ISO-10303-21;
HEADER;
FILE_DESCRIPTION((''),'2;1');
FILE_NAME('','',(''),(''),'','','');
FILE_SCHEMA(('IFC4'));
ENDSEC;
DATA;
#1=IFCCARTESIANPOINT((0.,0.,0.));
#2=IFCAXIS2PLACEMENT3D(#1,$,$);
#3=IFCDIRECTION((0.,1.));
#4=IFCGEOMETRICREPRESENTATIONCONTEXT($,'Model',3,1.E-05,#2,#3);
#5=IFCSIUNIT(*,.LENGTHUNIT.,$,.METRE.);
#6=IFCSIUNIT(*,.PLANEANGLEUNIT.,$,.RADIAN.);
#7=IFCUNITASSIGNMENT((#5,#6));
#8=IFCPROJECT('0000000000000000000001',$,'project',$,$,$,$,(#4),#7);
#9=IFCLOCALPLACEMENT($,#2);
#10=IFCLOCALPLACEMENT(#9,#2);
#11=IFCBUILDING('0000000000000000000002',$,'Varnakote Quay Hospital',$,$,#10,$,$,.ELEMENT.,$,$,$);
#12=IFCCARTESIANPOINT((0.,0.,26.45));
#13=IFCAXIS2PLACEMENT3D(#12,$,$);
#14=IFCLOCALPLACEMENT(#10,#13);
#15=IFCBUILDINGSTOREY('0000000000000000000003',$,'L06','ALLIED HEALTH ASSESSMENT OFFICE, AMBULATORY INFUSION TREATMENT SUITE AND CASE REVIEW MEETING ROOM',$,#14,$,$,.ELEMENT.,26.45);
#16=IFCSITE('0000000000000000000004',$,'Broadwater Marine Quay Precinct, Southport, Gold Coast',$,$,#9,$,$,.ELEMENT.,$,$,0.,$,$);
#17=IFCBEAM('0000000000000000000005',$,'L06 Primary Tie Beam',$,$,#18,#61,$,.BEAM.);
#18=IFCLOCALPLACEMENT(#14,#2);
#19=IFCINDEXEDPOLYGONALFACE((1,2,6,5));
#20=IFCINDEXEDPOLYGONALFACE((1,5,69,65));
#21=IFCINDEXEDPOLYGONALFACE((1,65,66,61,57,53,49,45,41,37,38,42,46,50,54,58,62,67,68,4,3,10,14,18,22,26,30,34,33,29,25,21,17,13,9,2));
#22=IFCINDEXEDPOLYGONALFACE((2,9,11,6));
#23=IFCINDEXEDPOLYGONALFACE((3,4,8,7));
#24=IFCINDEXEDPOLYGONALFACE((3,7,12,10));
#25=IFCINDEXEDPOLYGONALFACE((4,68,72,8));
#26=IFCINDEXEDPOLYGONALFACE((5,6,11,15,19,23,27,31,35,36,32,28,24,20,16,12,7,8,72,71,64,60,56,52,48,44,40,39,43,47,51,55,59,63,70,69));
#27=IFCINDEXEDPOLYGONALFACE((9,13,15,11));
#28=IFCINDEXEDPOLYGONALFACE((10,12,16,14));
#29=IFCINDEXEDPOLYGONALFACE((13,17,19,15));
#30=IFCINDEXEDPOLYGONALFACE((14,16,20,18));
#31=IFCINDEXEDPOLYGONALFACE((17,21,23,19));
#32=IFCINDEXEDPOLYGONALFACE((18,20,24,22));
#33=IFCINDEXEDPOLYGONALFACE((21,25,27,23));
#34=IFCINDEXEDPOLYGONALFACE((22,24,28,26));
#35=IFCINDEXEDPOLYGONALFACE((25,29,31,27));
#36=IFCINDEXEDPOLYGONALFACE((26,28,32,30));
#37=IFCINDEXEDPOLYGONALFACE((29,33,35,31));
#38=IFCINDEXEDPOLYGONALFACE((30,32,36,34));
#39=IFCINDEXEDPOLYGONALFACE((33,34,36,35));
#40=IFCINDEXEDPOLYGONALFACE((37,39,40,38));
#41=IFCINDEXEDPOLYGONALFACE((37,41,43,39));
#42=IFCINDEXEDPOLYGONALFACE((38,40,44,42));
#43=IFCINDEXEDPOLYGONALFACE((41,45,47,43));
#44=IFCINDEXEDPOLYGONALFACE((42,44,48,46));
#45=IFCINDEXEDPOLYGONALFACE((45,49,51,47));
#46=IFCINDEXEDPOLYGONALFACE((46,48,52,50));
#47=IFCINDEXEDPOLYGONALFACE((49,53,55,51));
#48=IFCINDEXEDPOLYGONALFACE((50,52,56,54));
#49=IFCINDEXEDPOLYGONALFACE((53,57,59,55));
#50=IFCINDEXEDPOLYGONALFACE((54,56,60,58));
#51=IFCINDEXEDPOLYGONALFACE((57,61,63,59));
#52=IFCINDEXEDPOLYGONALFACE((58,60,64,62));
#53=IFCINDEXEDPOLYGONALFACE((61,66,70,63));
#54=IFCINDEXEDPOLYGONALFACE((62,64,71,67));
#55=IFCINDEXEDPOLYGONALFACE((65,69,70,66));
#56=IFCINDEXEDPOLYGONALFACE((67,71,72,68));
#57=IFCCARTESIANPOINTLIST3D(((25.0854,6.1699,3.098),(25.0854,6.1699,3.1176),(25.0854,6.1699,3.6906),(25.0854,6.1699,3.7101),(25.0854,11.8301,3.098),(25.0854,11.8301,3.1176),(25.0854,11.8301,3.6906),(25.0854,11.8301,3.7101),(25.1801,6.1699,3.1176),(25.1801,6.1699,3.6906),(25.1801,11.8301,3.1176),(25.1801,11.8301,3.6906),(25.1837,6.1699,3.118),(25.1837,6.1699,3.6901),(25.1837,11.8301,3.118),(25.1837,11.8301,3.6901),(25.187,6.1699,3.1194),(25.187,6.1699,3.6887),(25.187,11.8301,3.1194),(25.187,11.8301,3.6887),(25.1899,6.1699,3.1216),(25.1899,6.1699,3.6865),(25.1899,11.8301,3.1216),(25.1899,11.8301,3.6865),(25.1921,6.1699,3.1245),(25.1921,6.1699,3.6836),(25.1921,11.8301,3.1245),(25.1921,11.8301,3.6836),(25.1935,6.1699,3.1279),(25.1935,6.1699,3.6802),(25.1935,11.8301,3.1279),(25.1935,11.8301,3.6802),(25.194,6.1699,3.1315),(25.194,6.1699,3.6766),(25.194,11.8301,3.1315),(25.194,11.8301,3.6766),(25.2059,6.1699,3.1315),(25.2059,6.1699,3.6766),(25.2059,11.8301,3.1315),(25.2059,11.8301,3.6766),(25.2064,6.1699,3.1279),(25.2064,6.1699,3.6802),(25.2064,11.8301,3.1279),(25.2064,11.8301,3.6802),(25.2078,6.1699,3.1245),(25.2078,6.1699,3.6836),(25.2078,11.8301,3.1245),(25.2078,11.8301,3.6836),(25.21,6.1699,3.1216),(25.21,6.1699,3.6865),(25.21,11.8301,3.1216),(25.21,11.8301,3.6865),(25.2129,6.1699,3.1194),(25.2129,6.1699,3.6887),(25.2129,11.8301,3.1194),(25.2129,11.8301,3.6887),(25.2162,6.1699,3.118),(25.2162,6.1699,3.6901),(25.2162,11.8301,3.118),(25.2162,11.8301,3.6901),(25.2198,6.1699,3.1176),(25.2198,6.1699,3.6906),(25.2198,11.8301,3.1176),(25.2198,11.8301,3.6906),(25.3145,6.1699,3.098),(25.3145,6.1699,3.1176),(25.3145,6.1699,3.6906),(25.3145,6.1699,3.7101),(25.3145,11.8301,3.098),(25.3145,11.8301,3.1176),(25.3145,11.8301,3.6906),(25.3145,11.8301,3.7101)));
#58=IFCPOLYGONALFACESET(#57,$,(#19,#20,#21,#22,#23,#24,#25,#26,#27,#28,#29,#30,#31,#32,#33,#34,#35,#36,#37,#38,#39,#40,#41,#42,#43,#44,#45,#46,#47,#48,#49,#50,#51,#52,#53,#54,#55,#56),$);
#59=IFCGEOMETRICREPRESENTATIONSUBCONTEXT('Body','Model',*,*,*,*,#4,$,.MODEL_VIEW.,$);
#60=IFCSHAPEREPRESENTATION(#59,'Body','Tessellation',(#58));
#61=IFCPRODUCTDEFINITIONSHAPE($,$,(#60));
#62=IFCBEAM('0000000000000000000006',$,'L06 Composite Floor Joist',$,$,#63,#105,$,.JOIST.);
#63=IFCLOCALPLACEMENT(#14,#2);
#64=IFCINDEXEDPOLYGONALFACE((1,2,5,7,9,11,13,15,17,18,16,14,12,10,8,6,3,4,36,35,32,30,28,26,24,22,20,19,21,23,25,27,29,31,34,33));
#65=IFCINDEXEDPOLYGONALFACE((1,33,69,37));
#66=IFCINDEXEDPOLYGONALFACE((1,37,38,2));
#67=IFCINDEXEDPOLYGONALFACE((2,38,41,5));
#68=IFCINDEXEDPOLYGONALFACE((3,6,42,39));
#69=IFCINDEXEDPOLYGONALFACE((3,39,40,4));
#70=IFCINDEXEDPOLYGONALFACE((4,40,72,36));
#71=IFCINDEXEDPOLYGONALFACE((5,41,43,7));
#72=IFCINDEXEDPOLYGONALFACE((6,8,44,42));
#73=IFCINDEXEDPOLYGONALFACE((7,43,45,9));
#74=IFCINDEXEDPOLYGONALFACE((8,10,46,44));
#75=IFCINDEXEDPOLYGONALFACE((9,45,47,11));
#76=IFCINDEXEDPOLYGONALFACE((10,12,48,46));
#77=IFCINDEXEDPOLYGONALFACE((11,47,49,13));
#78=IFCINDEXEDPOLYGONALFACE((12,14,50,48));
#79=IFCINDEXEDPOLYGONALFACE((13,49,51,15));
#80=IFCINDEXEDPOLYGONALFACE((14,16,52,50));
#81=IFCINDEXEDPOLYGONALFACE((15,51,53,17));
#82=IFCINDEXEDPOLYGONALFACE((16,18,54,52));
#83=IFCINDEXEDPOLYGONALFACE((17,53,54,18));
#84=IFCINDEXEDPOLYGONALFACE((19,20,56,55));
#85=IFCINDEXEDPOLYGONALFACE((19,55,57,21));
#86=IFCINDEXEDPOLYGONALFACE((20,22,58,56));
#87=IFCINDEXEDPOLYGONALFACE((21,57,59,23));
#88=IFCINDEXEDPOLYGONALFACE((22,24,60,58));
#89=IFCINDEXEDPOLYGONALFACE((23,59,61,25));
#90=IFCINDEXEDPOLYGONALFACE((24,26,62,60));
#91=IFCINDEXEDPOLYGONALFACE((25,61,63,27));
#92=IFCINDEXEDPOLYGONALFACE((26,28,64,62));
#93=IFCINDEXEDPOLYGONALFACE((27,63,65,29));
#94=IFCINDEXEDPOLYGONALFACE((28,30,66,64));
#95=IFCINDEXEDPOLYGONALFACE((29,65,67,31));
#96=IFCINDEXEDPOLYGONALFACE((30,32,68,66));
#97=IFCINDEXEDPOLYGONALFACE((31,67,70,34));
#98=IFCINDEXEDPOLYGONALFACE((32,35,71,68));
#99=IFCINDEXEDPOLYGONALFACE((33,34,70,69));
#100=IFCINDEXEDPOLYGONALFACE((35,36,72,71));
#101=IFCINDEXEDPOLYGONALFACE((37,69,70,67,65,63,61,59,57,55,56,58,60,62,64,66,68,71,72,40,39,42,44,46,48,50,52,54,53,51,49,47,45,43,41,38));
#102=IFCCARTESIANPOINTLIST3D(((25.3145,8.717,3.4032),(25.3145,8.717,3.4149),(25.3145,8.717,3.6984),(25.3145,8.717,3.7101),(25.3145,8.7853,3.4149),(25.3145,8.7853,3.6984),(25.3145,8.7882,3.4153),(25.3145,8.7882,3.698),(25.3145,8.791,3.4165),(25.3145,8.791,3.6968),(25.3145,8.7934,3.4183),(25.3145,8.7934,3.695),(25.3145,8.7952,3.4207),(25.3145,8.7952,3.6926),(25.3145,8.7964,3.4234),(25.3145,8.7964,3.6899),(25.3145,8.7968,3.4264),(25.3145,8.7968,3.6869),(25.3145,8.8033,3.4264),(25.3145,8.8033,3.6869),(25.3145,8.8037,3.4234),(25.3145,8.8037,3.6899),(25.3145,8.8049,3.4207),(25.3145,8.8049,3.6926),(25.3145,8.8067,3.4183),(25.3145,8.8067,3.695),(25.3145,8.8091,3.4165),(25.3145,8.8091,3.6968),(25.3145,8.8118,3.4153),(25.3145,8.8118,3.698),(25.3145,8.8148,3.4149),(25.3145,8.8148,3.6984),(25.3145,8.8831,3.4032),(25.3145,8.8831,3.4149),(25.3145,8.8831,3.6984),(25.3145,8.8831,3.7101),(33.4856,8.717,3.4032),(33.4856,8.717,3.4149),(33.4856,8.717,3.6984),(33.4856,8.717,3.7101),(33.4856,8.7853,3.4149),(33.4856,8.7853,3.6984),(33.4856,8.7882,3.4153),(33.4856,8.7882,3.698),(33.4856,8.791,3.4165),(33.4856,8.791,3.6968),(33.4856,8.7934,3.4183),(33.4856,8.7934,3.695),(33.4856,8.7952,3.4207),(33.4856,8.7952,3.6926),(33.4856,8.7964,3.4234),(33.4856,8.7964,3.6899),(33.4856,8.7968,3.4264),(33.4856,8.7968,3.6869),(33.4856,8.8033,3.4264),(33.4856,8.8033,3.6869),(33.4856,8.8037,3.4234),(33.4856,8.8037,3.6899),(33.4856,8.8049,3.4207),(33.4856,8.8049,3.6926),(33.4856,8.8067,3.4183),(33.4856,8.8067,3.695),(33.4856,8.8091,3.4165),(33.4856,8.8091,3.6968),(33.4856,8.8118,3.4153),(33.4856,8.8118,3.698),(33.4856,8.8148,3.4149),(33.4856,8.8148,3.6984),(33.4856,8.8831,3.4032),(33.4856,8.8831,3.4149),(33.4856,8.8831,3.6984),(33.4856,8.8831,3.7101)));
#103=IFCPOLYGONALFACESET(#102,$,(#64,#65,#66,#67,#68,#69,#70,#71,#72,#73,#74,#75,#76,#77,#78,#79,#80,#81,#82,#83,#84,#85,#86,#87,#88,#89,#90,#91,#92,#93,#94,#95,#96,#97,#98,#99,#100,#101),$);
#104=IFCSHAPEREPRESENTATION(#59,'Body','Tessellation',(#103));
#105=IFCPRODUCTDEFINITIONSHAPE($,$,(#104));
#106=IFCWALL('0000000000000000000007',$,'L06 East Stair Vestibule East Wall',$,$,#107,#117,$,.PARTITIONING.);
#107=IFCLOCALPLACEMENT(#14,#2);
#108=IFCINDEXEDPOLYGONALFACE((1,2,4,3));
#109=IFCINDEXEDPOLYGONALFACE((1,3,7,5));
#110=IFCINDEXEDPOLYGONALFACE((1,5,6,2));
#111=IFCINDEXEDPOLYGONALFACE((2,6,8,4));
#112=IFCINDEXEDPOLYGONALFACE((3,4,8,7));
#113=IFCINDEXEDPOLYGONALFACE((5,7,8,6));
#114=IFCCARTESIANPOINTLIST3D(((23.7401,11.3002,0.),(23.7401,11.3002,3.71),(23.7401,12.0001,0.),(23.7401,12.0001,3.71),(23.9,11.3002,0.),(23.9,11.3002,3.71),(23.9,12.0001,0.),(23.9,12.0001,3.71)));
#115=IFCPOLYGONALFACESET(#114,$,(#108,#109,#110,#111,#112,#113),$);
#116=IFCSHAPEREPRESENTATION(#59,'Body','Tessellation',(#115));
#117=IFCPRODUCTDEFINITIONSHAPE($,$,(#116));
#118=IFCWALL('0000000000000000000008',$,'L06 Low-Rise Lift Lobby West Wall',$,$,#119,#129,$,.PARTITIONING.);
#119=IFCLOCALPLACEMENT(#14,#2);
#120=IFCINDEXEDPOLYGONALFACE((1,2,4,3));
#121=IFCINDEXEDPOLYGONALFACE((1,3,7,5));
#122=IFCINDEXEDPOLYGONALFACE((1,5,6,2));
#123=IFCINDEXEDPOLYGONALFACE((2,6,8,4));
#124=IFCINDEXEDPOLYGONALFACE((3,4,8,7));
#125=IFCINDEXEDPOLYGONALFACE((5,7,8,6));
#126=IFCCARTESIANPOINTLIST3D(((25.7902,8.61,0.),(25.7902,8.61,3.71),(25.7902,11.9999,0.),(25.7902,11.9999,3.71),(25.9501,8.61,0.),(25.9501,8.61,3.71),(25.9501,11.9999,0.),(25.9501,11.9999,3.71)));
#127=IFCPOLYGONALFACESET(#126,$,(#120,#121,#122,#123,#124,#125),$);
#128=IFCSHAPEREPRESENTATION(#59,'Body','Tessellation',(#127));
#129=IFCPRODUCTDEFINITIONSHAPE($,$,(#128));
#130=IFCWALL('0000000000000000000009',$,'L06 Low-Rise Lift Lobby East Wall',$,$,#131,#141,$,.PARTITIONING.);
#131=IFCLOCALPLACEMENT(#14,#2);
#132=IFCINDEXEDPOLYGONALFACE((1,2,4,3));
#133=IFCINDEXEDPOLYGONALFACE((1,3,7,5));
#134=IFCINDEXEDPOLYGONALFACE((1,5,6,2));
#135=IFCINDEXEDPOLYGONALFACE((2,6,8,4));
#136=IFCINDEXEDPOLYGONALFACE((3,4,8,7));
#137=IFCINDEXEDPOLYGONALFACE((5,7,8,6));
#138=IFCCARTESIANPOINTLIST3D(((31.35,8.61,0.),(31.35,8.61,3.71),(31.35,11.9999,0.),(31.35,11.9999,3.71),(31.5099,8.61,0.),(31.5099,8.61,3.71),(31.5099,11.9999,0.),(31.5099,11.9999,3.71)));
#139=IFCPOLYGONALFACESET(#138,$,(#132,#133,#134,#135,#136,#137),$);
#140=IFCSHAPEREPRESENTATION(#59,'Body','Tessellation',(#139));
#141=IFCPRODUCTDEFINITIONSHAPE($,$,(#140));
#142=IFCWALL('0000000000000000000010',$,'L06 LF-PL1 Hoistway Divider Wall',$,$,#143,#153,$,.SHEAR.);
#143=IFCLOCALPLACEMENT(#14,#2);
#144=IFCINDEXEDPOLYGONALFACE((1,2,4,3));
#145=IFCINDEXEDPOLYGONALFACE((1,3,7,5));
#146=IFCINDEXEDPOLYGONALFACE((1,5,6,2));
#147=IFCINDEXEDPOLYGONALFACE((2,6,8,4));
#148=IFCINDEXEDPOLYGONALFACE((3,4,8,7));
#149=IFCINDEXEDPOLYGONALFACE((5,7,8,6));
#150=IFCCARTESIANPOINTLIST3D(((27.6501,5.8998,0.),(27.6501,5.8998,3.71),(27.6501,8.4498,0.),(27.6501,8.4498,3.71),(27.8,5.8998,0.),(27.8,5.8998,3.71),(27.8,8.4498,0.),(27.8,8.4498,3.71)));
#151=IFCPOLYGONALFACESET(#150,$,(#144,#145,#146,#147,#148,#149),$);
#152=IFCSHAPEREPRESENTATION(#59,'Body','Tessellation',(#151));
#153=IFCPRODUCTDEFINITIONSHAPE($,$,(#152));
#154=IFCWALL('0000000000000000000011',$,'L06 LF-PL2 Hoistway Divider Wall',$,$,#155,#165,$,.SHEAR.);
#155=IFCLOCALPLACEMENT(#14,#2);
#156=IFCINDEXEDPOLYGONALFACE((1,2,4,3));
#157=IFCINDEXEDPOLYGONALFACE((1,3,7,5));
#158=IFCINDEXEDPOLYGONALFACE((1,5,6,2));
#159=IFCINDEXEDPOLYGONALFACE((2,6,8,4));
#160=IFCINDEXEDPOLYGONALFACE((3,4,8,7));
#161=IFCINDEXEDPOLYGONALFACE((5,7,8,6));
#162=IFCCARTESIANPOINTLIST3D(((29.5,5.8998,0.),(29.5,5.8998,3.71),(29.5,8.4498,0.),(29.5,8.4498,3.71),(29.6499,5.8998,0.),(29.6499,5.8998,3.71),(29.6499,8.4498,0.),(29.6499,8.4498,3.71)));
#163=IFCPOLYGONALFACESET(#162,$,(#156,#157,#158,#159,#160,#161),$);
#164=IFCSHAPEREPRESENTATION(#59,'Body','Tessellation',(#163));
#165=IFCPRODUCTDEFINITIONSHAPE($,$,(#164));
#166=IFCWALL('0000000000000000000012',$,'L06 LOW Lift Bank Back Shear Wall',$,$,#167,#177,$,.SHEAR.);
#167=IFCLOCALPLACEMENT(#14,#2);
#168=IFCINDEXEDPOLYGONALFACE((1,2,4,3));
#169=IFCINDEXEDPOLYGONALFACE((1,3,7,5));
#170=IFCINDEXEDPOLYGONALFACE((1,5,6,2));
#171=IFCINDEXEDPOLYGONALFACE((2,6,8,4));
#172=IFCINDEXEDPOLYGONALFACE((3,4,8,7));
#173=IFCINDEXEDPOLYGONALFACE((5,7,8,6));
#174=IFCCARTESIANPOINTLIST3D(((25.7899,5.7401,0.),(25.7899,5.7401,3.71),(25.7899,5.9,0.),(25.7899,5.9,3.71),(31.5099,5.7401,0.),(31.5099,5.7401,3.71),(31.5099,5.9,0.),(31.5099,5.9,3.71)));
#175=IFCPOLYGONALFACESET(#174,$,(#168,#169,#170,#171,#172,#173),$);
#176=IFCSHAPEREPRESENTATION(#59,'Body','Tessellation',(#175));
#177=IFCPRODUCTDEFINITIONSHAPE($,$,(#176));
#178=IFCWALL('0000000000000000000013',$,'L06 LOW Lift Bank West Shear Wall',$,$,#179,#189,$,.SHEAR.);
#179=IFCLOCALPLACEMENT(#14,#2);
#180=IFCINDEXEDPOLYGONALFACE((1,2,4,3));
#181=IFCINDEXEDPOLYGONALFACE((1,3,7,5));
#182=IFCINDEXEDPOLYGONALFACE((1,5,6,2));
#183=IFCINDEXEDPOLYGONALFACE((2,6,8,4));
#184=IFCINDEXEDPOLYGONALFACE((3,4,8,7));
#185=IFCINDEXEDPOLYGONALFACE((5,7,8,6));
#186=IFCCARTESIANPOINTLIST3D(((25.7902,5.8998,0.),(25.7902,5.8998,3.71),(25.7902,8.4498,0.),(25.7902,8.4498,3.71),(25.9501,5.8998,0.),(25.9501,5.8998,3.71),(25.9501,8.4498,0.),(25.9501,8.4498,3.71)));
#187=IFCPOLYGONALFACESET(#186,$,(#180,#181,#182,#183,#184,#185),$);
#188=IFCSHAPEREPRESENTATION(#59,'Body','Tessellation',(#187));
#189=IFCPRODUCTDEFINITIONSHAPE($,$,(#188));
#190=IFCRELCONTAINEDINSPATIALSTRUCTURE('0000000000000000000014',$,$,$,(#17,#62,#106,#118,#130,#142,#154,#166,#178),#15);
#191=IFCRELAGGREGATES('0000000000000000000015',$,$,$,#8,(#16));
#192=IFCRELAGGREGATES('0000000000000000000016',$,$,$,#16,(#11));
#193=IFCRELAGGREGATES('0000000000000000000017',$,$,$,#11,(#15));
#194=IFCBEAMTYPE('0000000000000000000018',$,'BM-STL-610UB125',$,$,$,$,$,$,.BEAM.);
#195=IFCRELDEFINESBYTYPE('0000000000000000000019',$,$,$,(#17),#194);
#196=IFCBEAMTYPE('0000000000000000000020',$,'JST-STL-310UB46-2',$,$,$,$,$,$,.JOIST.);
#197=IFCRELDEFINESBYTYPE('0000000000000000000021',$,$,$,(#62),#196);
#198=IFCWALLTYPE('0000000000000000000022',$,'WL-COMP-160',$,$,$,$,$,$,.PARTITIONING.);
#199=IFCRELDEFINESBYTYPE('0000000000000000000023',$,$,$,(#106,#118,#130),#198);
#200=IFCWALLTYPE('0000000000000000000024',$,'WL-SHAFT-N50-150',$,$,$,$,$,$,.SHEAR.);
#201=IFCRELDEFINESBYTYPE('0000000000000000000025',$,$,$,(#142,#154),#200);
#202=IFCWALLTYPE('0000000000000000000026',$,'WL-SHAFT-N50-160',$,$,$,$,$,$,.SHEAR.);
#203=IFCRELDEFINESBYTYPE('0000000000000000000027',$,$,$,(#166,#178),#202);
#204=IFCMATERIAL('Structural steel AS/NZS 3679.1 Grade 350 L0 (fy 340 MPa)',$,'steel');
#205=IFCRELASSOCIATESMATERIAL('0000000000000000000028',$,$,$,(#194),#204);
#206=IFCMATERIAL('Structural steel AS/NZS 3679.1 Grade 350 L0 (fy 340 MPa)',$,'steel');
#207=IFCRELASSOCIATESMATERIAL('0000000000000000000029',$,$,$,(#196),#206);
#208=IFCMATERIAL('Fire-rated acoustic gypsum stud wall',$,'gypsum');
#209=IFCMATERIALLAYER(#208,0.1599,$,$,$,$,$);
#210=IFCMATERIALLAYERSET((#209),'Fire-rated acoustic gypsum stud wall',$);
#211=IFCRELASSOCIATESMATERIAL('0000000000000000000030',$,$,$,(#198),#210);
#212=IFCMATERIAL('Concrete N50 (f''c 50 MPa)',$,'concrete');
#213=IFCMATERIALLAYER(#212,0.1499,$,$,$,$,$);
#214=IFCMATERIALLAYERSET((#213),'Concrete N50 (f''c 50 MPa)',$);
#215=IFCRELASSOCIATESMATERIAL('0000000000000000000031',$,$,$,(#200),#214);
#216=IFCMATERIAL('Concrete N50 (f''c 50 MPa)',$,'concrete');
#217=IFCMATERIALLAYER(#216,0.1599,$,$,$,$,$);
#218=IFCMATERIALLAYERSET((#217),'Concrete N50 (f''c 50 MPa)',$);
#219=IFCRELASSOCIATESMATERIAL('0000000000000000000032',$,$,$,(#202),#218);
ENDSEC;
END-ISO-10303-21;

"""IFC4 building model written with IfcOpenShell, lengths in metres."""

from ifc_helpers import new_model, si_unit, direction, frame, frame_2d, origin, origin_2d, place, context, subcontext, project, spatial, rectangle, i_section, extrude, material, layer, layer_set, material_profile, profile_set, type_object, element, save


model = new_model("IFC4")

# Units and contexts
model_context = context("Model", 3, precision=1e-05, world=origin(), true_north=direction((0.0, 1.0)))
body_context = subcontext(model_context, "Body", "Model", "MODEL_VIEW")
ifc_project = project(units=[si_unit("LENGTHUNIT", "METRE"), si_unit("PLANEANGLEUNIT", "RADIAN")], contexts=[model_context])

# Site, building, storey
site_placement = place(None, origin())
site = spatial("IfcSite", under=ifc_project, at=site_placement, Name="Broadwater Marine Quay Precinct, Southport, Gold Coast", CompositionType="ELEMENT", RefElevation=0.0)
building_placement = place(site_placement, origin())
building = spatial("IfcBuilding", under=site, at=building_placement, Name="Varnakote Quay Hospital", CompositionType="ELEMENT")
storey_placement = place(building_placement, frame((0.0, 0.0, 26.45)))
storey = spatial("IfcBuildingStorey", under=building, at=storey_placement, Name="L06", Description="ALLIED HEALTH ASSESSMENT OFFICE, AMBULATORY INFUSION TREATMENT SUITE AND CASE REVIEW MEETING ROOM", CompositionType="ELEMENT", Elevation=26.45)

# Beams
ifc_material_1 = material(Name="Structural steel AS/NZS 3679.1 Grade 350 L0 (fy 340 MPa)", Category="steel")
ifc_material_profile_1 = material_profile(ifc_material_1, i_section(OverallWidth=0.229, OverallDepth=0.6121, WebThickness=0.012, FlangeThickness=0.0195, FilletRadius=0.0139, at=origin_2d()), Name="610UB125")
ifc_profile_set_1 = profile_set([ifc_material_profile_1], Name="Structural steel AS/NZS 3679.1 Grade 350 L0 (fy 340 MPa)")
beam_type_1 = type_object("IfcBeamType", Name="BM-STL-610UB125", PredefinedType="BEAM", material=ifc_profile_set_1)
beam_1_placement = place(storey_placement, frame((25.2, 6.1699, 3.4041), z_axis=(0.0, 1.0, 0.0), x_axis=(-1.0, 0.0, 0.0)))
element("IfcBeam", 1, at=beam_1_placement, inside=storey, type_object=beam_type_1, Name="L06 Primary Tie Beam", PredefinedType="BEAM", context=body_context, shape_type="SweptSolid", body=[
    extrude(i_section(OverallWidth=0.229, OverallDepth=0.6121, WebThickness=0.012, FlangeThickness=0.0195, FilletRadius=0.0139, at=origin_2d()), origin(), (0.0, 0.0, 1.0), 5.6602),
])
ifc_material_2 = material(Name="Structural steel AS/NZS 3679.1 Grade 350 L0 (fy 340 MPa)", Category="steel")
ifc_material_profile_2 = material_profile(ifc_material_2, i_section(OverallWidth=0.166, OverallDepth=0.3069, WebThickness=0.0066, FlangeThickness=0.0117, FilletRadius=0.0115, at=origin_2d()), Name="310UB46.2")
ifc_profile_set_2 = profile_set([ifc_material_profile_2], Name="Structural steel AS/NZS 3679.1 Grade 350 L0 (fy 340 MPa)")
beam_type_2 = type_object("IfcBeamType", Name="JST-STL-310UB46-2", PredefinedType="JOIST", material=ifc_profile_set_2)
beam_2_placement = place(storey_placement, frame((25.3145, 8.8, 3.5566), z_axis=(1.0, 0.0, 0.0), x_axis=(0.0, 1.0, 0.0)))
element("IfcBeam", 2, at=beam_2_placement, inside=storey, type_object=beam_type_2, Name="L06 Composite Floor Joist", PredefinedType="JOIST", context=body_context, shape_type="SweptSolid", body=[
    extrude(i_section(OverallWidth=0.166, OverallDepth=0.3069, WebThickness=0.0066, FlangeThickness=0.0117, FilletRadius=0.0115, at=origin_2d()), origin(), (0.0, 0.0, 1.0), 8.1711),
])

# Walls
ifc_material_3 = material(Name="Fire-rated acoustic gypsum stud wall", Category="gypsum")
ifc_layer_1 = layer(ifc_material_3, 0.1599)
ifc_layer_set_1 = layer_set([ifc_layer_1], Name="Fire-rated acoustic gypsum stud wall")
wall_type_1 = type_object("IfcWallType", Name="WL-COMP-160", PredefinedType="PARTITIONING", material=ifc_layer_set_1)
wall_1_placement = place(storey_placement, frame((23.8201, 11.3, 0.0), z_axis=(0.0, 0.0, 1.0), x_axis=(0.0, 1.0, 0.0)))
element("IfcWall", 3, at=wall_1_placement, inside=storey, type_object=wall_type_1, Name="L06 East Stair Vestibule East Wall", PredefinedType="PARTITIONING", context=body_context, shape_type="SweptSolid", body=[
    extrude(rectangle(XDim=0.7, YDim=0.1599, at=frame_2d((0.3501, 0.0))), origin(), (0.0, 0.0, 1.0), 3.71),
])
for number, where, z_axis, x_axis, name in (
    (4, (25.8701, 8.6101, 0.0), (0.0, 0.0, 1.0), (0.0, 1.0, 0.0), "L06 Low-Rise Lift Lobby West Wall"),
    (5, (31.4299, 8.6101, 0.0), (0.0, 0.0, 1.0), (0.0, 1.0, 0.0), "L06 Low-Rise Lift Lobby East Wall"),
):
    element("IfcWall", number, at=place(storey_placement, frame(where, z_axis=z_axis, x_axis=x_axis)), inside=storey, type_object=wall_type_1, Name=name, PredefinedType="PARTITIONING", context=body_context, shape_type="SweptSolid", body=[
        extrude(rectangle(XDim=3.3899, YDim=0.1599, at=frame_2d((1.6948, 0.0))), origin(), (0.0, 0.0, 1.0), 3.71),
    ])
ifc_material_4 = material(Name="Concrete N50 (f'c 50 MPa)", Category="concrete")
ifc_layer_2 = layer(ifc_material_4, 0.1499)
ifc_layer_set_2 = layer_set([ifc_layer_2], Name="Concrete N50 (f'c 50 MPa)")
wall_type_2 = type_object("IfcWallType", Name="WL-SHAFT-N50-150", PredefinedType="SHEAR", material=ifc_layer_set_2)
for number, where, z_axis, x_axis, name in (
    (6, (27.7251, 5.8999, 0.0), (0.0, 0.0, 1.0), (0.0, 1.0, 0.0), "L06 LF-PL1 Hoistway Divider Wall"),
    (7, (29.575, 5.8999, 0.0), (0.0, 0.0, 1.0), (0.0, 1.0, 0.0), "L06 LF-PL2 Hoistway Divider Wall"),
):
    element("IfcWall", number, at=place(storey_placement, frame(where, z_axis=z_axis, x_axis=x_axis)), inside=storey, type_object=wall_type_2, Name=name, PredefinedType="SHEAR", context=body_context, shape_type="SweptSolid", body=[
        extrude(rectangle(XDim=2.55, YDim=0.1499, at=frame_2d((1.2749, 0.0))), origin(), (0.0, 0.0, 1.0), 3.71),
    ])
ifc_material_5 = material(Name="Concrete N50 (f'c 50 MPa)", Category="concrete")
ifc_layer_3 = layer(ifc_material_5, 0.1599)
ifc_layer_set_3 = layer_set([ifc_layer_3], Name="Concrete N50 (f'c 50 MPa)")
wall_type_3 = type_object("IfcWallType", Name="WL-SHAFT-N50-160", PredefinedType="SHEAR", material=ifc_layer_set_3)
wall_2_placement = place(storey_placement, frame((25.79, 5.8201, 0.0), z_axis=(0.0, 0.0, 1.0), x_axis=(1.0, 0.0, 0.0)))
element("IfcWall", 8, at=wall_2_placement, inside=storey, type_object=wall_type_3, Name="L06 LOW Lift Bank Back Shear Wall", PredefinedType="SHEAR", context=body_context, shape_type="SweptSolid", body=[
    extrude(rectangle(XDim=5.72, YDim=0.1599, at=frame_2d((2.8599, 0.0))), origin(), (0.0, 0.0, 1.0), 3.71),
])
for number, where, z_axis, x_axis, name in (
    (9, (25.8701, 5.8999, 0.0), (0.0, 0.0, 1.0), (0.0, 1.0, 0.0), "L06 LOW Lift Bank West Shear Wall"),
):
    element("IfcWall", number, at=place(storey_placement, frame(where, z_axis=z_axis, x_axis=x_axis)), inside=storey, type_object=wall_type_3, Name=name, PredefinedType="SHEAR", context=body_context, shape_type="SweptSolid", body=[
        extrude(rectangle(XDim=2.55, YDim=0.1599, at=frame_2d((1.2749, 0.0))), origin(), (0.0, 0.0, 1.0), 3.71),
    ])

save(model, "model.ifc")
